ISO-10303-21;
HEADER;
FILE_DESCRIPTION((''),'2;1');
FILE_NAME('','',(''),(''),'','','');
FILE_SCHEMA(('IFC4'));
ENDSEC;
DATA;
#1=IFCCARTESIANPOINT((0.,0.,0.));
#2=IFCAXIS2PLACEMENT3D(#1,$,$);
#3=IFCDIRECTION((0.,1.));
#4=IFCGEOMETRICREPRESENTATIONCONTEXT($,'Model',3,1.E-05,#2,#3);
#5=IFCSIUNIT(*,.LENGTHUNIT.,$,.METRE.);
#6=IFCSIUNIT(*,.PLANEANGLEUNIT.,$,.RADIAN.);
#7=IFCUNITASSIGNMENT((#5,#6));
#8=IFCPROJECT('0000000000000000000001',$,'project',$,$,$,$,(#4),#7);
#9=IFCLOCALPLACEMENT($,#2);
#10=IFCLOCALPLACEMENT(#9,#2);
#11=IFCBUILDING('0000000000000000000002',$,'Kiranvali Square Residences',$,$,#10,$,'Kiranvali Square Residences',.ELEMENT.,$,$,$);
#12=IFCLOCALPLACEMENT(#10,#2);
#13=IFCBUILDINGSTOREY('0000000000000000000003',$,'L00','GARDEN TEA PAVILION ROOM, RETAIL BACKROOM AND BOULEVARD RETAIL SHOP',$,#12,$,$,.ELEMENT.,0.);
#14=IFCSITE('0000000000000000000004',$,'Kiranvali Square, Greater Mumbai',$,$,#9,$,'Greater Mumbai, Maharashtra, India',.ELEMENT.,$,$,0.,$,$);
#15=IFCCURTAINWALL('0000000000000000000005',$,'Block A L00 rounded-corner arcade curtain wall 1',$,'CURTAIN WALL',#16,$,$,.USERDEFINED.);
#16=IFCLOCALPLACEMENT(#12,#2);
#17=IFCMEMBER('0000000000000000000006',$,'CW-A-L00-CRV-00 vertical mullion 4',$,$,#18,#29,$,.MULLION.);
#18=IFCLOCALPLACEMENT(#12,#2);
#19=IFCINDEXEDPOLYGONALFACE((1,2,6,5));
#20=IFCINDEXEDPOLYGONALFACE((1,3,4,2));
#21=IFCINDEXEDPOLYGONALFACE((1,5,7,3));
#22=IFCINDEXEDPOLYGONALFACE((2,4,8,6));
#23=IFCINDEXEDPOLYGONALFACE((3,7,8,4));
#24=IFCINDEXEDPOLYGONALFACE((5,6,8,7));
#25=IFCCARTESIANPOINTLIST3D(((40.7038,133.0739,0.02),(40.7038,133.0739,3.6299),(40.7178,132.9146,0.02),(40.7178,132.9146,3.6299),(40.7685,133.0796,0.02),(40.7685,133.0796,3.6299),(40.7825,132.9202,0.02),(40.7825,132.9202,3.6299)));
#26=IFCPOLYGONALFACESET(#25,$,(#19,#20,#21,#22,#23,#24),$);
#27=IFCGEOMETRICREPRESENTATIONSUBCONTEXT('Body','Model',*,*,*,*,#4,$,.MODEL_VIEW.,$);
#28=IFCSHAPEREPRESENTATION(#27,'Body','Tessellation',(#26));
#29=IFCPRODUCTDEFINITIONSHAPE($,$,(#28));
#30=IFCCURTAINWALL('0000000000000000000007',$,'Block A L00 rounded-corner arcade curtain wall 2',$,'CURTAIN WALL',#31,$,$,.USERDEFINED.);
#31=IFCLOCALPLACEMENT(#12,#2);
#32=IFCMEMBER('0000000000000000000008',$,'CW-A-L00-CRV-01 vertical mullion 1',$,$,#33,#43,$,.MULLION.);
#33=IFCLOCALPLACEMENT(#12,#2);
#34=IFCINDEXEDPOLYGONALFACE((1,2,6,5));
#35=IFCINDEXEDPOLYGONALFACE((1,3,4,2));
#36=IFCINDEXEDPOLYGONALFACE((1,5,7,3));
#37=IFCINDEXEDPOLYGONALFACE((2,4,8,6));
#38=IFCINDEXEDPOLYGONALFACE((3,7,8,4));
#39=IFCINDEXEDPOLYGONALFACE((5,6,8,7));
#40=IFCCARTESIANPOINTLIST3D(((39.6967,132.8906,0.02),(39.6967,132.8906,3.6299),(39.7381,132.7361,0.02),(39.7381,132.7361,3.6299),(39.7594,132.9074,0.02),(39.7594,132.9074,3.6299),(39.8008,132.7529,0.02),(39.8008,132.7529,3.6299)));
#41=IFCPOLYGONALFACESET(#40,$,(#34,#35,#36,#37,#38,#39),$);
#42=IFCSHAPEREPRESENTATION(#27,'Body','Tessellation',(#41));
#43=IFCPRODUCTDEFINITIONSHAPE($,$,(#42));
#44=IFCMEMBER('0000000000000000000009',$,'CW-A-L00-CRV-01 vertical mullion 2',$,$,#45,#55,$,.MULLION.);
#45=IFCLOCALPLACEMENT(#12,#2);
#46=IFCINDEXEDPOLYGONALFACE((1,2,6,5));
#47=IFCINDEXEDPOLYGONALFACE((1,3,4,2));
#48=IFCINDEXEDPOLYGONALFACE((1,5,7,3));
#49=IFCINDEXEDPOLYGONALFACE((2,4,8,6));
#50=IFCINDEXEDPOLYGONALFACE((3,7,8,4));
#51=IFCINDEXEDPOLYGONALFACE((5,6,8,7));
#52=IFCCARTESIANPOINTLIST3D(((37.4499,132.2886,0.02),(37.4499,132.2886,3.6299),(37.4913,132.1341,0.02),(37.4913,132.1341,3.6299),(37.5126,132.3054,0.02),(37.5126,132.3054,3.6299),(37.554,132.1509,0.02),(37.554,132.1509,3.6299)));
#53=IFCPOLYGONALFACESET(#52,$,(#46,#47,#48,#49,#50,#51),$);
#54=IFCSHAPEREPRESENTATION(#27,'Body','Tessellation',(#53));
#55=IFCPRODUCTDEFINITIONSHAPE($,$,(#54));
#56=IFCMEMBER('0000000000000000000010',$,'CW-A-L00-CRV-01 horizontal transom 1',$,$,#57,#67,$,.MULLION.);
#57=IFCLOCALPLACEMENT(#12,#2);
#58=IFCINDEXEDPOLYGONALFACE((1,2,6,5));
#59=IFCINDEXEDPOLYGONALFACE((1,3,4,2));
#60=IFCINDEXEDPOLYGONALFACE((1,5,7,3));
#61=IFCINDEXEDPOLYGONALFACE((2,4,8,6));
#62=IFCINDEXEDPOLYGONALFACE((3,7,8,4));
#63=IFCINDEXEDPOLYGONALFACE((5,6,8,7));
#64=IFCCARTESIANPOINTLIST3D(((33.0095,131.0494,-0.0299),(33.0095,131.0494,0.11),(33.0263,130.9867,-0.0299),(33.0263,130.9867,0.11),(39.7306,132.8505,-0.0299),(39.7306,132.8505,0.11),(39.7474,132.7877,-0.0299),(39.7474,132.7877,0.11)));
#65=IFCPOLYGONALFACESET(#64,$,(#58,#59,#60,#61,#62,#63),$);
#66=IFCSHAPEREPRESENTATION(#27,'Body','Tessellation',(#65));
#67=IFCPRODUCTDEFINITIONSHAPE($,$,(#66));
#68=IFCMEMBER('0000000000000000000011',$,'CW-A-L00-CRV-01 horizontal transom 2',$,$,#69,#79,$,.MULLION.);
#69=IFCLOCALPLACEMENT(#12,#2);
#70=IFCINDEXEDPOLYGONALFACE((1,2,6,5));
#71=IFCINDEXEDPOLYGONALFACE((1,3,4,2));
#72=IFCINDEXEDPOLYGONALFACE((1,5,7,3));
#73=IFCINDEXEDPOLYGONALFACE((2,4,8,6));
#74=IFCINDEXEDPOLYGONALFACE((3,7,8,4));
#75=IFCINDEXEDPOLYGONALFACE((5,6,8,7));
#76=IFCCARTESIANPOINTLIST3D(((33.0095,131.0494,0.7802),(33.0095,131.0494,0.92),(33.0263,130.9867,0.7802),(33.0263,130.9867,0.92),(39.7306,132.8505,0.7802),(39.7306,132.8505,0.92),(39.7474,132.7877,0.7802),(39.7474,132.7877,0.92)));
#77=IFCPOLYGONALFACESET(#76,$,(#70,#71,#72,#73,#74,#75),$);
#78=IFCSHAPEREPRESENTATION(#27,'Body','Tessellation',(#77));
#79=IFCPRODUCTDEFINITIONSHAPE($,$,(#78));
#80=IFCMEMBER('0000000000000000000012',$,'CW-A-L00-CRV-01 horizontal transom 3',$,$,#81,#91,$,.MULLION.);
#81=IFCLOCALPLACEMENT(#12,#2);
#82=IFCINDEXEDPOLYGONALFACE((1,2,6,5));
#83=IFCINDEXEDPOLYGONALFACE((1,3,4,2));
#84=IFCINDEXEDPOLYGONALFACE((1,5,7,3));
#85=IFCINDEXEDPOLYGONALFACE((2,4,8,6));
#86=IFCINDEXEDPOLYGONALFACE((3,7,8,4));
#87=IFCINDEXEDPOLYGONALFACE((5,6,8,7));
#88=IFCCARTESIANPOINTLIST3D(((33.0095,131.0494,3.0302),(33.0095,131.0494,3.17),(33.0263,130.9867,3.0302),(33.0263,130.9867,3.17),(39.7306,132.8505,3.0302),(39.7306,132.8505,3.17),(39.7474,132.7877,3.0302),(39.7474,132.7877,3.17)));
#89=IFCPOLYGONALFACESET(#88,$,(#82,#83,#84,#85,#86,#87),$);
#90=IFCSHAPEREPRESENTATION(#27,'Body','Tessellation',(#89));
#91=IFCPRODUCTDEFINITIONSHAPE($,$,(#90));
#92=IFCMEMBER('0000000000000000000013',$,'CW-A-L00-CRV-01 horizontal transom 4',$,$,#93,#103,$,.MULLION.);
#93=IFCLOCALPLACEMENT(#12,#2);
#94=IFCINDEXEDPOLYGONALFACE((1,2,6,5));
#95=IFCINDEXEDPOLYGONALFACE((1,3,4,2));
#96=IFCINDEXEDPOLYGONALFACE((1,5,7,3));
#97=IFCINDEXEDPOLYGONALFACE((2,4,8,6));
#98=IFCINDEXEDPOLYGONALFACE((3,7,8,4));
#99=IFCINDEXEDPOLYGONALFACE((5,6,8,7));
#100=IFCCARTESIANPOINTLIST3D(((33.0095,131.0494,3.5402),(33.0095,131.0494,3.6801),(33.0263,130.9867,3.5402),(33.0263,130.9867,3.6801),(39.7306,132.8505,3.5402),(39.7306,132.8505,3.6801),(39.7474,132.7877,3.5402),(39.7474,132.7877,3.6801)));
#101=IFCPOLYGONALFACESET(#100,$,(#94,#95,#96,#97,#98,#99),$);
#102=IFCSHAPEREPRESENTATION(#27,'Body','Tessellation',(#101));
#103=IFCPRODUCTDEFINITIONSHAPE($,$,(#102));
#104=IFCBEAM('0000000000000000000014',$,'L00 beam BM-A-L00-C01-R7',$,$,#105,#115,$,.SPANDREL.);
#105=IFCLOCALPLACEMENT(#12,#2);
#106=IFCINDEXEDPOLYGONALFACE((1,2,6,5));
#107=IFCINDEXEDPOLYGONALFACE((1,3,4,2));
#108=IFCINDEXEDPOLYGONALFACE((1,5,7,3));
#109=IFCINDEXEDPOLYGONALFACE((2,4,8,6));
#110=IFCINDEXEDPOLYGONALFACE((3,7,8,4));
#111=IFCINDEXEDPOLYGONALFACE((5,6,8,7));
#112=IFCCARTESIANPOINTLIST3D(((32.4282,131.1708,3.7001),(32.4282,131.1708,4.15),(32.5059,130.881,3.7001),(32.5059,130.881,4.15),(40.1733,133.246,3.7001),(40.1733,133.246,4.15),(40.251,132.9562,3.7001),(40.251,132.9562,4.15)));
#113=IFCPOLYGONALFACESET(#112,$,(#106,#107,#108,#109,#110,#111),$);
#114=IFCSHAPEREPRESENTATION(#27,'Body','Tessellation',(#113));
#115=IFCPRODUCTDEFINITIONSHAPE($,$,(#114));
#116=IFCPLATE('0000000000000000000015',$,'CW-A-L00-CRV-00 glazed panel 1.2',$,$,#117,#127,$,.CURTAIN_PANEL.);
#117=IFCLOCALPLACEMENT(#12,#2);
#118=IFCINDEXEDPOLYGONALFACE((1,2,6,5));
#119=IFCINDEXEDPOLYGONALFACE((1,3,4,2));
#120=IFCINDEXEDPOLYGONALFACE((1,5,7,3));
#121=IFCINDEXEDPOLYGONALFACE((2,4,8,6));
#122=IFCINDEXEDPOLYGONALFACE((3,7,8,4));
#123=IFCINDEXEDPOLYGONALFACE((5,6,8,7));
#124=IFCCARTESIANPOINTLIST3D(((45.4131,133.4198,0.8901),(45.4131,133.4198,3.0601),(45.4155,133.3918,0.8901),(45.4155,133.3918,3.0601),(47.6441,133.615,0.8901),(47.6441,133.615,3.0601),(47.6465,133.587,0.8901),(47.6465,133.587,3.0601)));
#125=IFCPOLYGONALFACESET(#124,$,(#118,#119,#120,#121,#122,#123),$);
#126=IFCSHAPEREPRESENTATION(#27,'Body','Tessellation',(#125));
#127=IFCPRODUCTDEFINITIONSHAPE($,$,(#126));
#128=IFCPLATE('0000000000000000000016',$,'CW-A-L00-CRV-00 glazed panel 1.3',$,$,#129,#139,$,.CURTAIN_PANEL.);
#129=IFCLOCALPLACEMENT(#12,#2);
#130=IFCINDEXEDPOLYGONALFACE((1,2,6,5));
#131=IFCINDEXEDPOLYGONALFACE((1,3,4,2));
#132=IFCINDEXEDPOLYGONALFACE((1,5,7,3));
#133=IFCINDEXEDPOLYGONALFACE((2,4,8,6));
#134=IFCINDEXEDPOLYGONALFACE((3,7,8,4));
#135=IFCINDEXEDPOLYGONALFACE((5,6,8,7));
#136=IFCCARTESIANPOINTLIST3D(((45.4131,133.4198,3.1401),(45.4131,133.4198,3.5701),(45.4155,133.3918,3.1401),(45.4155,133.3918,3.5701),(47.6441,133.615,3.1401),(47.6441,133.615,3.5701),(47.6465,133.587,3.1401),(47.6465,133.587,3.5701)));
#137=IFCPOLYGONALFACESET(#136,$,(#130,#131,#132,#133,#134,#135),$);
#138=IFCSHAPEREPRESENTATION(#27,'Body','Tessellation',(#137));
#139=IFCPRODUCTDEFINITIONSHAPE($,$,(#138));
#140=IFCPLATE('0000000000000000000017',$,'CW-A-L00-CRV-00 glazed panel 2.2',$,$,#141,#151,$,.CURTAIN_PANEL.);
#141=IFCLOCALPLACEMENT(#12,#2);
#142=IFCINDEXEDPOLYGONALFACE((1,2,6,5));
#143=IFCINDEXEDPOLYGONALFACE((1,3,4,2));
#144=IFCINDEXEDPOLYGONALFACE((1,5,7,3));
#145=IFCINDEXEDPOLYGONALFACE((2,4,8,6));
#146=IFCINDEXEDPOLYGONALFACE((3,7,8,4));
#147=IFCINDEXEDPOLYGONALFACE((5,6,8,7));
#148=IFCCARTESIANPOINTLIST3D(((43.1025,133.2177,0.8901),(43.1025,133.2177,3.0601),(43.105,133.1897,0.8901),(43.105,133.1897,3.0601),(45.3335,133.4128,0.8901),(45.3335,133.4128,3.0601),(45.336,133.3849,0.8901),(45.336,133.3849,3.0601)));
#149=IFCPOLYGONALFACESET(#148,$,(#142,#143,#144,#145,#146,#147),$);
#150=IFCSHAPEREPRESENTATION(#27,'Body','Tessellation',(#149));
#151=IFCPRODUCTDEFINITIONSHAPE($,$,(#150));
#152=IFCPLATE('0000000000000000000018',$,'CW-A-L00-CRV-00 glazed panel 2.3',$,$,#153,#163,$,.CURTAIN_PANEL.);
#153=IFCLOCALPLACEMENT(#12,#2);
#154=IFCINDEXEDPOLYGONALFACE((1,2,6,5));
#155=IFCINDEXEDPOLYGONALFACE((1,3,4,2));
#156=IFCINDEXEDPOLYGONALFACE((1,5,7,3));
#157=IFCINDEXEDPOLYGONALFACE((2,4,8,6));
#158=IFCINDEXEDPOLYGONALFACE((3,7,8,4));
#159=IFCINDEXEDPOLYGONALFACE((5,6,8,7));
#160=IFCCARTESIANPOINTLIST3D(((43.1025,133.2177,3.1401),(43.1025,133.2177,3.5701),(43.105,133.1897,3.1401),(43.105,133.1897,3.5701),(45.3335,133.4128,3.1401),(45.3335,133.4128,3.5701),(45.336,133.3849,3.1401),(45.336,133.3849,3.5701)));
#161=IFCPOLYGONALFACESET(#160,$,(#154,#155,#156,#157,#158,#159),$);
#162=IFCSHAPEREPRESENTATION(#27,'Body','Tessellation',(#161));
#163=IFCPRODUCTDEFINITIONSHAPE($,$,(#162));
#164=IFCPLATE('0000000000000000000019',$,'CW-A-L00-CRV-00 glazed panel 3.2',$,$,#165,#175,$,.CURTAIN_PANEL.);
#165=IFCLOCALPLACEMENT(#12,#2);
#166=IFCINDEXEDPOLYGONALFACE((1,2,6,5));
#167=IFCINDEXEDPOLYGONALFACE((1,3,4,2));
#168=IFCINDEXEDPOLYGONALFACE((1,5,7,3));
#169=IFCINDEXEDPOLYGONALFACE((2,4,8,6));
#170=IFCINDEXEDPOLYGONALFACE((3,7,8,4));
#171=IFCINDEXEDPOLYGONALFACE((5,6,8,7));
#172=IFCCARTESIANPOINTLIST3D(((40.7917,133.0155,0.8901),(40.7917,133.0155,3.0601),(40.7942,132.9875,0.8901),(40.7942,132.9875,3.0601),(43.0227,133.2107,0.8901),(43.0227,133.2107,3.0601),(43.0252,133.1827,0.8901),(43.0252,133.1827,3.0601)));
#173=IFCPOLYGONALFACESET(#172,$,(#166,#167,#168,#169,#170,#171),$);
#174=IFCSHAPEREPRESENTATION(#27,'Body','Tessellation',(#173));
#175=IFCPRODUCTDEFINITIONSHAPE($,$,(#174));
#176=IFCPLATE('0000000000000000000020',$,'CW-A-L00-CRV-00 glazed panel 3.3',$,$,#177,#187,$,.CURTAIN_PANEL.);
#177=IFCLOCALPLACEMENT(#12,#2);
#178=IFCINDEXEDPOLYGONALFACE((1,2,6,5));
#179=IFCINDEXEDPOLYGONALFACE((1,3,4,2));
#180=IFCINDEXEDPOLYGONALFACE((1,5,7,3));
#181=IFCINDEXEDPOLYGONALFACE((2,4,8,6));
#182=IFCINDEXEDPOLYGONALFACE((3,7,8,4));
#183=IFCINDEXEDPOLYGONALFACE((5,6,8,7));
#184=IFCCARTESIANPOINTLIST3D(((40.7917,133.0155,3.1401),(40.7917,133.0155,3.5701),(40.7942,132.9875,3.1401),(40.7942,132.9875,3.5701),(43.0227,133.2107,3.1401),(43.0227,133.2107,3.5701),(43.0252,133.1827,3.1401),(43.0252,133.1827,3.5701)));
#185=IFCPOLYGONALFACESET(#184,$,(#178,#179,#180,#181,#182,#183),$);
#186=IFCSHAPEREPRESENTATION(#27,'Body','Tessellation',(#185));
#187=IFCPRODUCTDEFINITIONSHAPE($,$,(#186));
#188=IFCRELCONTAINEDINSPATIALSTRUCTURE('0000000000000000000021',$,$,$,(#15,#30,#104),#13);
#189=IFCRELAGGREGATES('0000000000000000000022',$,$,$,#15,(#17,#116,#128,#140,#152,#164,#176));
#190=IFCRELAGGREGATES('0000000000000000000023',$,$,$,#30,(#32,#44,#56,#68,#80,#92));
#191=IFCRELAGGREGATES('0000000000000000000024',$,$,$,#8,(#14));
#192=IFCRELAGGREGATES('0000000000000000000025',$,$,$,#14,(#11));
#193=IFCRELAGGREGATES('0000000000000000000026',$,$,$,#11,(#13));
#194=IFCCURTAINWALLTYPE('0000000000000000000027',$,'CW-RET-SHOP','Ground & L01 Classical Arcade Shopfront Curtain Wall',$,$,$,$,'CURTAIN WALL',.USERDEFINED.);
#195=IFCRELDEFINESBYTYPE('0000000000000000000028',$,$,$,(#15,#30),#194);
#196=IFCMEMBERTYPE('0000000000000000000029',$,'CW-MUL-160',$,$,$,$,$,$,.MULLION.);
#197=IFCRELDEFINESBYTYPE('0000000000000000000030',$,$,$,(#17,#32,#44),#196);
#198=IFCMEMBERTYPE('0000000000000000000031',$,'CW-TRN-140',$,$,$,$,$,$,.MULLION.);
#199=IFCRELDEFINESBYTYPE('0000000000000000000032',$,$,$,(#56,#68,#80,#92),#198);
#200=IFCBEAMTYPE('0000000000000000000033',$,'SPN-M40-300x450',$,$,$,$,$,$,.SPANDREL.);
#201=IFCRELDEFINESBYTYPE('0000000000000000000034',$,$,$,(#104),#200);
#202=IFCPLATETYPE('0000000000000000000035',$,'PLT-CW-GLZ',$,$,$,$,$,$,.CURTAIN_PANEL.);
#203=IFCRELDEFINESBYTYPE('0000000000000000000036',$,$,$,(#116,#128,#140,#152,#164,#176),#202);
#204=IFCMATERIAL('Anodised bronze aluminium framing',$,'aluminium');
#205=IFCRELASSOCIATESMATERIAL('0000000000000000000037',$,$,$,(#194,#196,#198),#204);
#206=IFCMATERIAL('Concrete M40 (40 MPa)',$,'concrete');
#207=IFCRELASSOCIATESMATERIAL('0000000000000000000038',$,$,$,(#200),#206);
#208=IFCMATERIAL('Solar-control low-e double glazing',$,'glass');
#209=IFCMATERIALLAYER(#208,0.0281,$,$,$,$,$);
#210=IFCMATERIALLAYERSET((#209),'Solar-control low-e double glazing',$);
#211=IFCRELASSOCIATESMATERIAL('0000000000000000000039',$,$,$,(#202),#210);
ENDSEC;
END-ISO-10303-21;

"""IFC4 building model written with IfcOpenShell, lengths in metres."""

from ifc_helpers import new_model, si_unit, direction, frame, origin, origin_2d, place, context, subcontext, project, spatial, rectangle, extrude, material, layer, layer_set, material_profile, profile_set, type_object, element, aggregate, save


model = new_model("IFC4")

# Units and contexts
model_context = context("Model", 3, precision=1e-05, world=origin(), true_north=direction((0.0, 1.0)))
body_context = subcontext(model_context, "Body", "Model", "MODEL_VIEW")
ifc_project = project(units=[si_unit("LENGTHUNIT", "METRE"), si_unit("PLANEANGLEUNIT", "RADIAN")], contexts=[model_context])

# Site, building, storey
site_placement = place(None, origin())
site = spatial("IfcSite", under=ifc_project, at=site_placement, Name="Kiranvali Square, Greater Mumbai", LongName="Greater Mumbai, Maharashtra, India", CompositionType="ELEMENT", RefElevation=0.0)
building_placement = place(site_placement, origin())
building = spatial("IfcBuilding", under=site, at=building_placement, Name="Kiranvali Square Residences", LongName="Kiranvali Square Residences", CompositionType="ELEMENT")
storey_placement = place(building_placement, origin())
storey = spatial("IfcBuildingStorey", under=building, at=storey_placement, Name="L00", Description="GARDEN TEA PAVILION ROOM, RETAIL BACKROOM AND BOULEVARD RETAIL SHOP", CompositionType="ELEMENT", Elevation=0.0)

# Curtain walls, members
ifc_material_1 = material(Name="Anodised bronze aluminium framing", Category="aluminium")
curtain_wall_type = type_object("IfcCurtainWallType", Name="CW-RET-SHOP", Description="Ground & L01 Classical Arcade Shopfront Curtain Wall", ElementType="CURTAIN WALL", PredefinedType="USERDEFINED", material=ifc_material_1)
curtain_wall_1_placement = place(storey_placement, origin())
curtain_wall_1 = element("IfcCurtainWall", 1, at=curtain_wall_1_placement, inside=storey, type_object=curtain_wall_type, Name="Block A L00 rounded-corner arcade curtain wall 1", ObjectType="CURTAIN WALL", PredefinedType="USERDEFINED")
ifc_material_profile_1 = material_profile(ifc_material_1, rectangle(XDim=0.0649, YDim=0.1599, at=origin_2d()), Name="ALU 65x160")
ifc_profile_set_1 = profile_set([ifc_material_profile_1], Name="Anodised bronze aluminium framing")
member_type_1 = type_object("IfcMemberType", Name="CW-MUL-160", PredefinedType="MULLION", material=ifc_profile_set_1)
member_1_placement = place(storey_placement, frame((40.7432, 132.9971, 0.02), z_axis=(0.0, 0.0, 1.0), x_axis=(-0.996195, -0.087156, 0.0)))
member_1 = element("IfcMember", 2, at=member_1_placement, type_object=member_type_1, Name="CW-A-L00-CRV-00 vertical mullion 4", PredefinedType="MULLION", context=body_context, shape_type="SweptSolid", body=[
    extrude(rectangle(XDim=0.0649, YDim=0.1599, at=origin_2d()), origin(), (0.0, 0.0, 1.0), 3.6099),
])
curtain_wall_2_placement = place(storey_placement, origin())
curtain_wall_2 = element("IfcCurtainWall", 3, at=curtain_wall_2_placement, inside=storey, type_object=curtain_wall_type, Name="Block A L00 rounded-corner arcade curtain wall 2", ObjectType="CURTAIN WALL", PredefinedType="USERDEFINED")
member_2_placement = place(storey_placement, frame((39.7488, 132.8218, 0.02), z_axis=(0.0, 0.0, 1.0), x_axis=(-0.965926, -0.258819, 0.0)))
member_2 = element("IfcMember", 4, at=member_2_placement, type_object=member_type_1, Name="CW-A-L00-CRV-01 vertical mullion 1", PredefinedType="MULLION", context=body_context, shape_type="SweptSolid", body=[
    extrude(rectangle(XDim=0.0649, YDim=0.1599, at=origin_2d()), origin(), (0.0, 0.0, 1.0), 3.6099),
])
member_3_placement = place(storey_placement, frame((37.502, 132.2197, 0.02), z_axis=(0.0, 0.0, 1.0), x_axis=(-0.965926, -0.258819, 0.0)))
member_3 = element("IfcMember", 5, at=member_3_placement, type_object=member_type_1, Name="CW-A-L00-CRV-01 vertical mullion 2", PredefinedType="MULLION", context=body_context, shape_type="SweptSolid", body=[
    extrude(rectangle(XDim=0.0649, YDim=0.1599, at=origin_2d()), origin(), (0.0, 0.0, 1.0), 3.6099),
])
ifc_material_profile_2 = material_profile(ifc_material_1, rectangle(XDim=0.0649, YDim=0.1399, at=origin_2d()), Name="ALU 65x140")
ifc_profile_set_2 = profile_set([ifc_material_profile_2], Name="Anodised bronze aluminium framing")
member_type_2 = type_object("IfcMemberType", Name="CW-TRN-140", PredefinedType="MULLION", material=ifc_profile_set_2)
member_4_placement = place(storey_placement, frame((39.739, 132.8191, 0.04), z_axis=(-0.965923, -0.258831, 0.0), x_axis=(0.258831, -0.965923, 0.0)))
member_4 = element("IfcMember", 6, at=member_4_placement, type_object=member_type_2, Name="CW-A-L00-CRV-01 horizontal transom 1", PredefinedType="MULLION", context=body_context, shape_type="SweptSolid", body=[
    extrude(rectangle(XDim=0.0649, YDim=0.1399, at=origin_2d()), origin(), (0.0, 0.0, 1.0), 6.9583),
])
member_5_placement = place(storey_placement, frame((39.739, 132.8191, 0.8501), z_axis=(-0.965923, -0.258831, 0.0), x_axis=(0.258831, -0.965923, 0.0)))
member_5 = element("IfcMember", 7, at=member_5_placement, type_object=member_type_2, Name="CW-A-L00-CRV-01 horizontal transom 2", PredefinedType="MULLION", context=body_context, shape_type="SweptSolid", body=[
    extrude(rectangle(XDim=0.0649, YDim=0.1399, at=origin_2d()), origin(), (0.0, 0.0, 1.0), 6.9583),
])
member_6_placement = place(storey_placement, frame((39.739, 132.8191, 3.1001), z_axis=(-0.965923, -0.258831, 0.0), x_axis=(0.258831, -0.965923, 0.0)))
member_6 = element("IfcMember", 8, at=member_6_placement, type_object=member_type_2, Name="CW-A-L00-CRV-01 horizontal transom 3", PredefinedType="MULLION", context=body_context, shape_type="SweptSolid", body=[
    extrude(rectangle(XDim=0.0649, YDim=0.1399, at=origin_2d()), origin(), (0.0, 0.0, 1.0), 6.9583),
])
member_7_placement = place(storey_placement, frame((39.739, 132.8191, 3.6101), z_axis=(-0.965923, -0.258831, 0.0), x_axis=(0.258831, -0.965923, 0.0)))
member_7 = element("IfcMember", 9, at=member_7_placement, type_object=member_type_2, Name="CW-A-L00-CRV-01 horizontal transom 4", PredefinedType="MULLION", context=body_context, shape_type="SweptSolid", body=[
    extrude(rectangle(XDim=0.0649, YDim=0.1399, at=origin_2d()), origin(), (0.0, 0.0, 1.0), 6.9583),
])

# Beam
ifc_material_2 = material(Name="Concrete M40 (40 MPa)", Category="concrete")
ifc_material_profile_3 = material_profile(ifc_material_2, rectangle(XDim=0.3, YDim=0.45, at=origin_2d()), Name="RC 300x450")
ifc_profile_set_3 = profile_set([ifc_material_profile_3], Name="Concrete M40 (40 MPa)")
beam_type_1 = type_object("IfcBeamType", Name="SPN-M40-300x450", PredefinedType="SPANDREL", material=ifc_profile_set_3)
beam_1_placement = place(storey_placement, frame((40.2122, 133.1011, 3.925), z_axis=(-0.965929, -0.258807, 0.0), x_axis=(0.258807, -0.965929, 0.0)))
element("IfcBeam", 10, at=beam_1_placement, inside=storey, type_object=beam_type_1, Name="L00 beam BM-A-L00-C01-R7", PredefinedType="SPANDREL", context=body_context, shape_type="SweptSolid", body=[
    extrude(rectangle(XDim=0.3, YDim=0.45, at=origin_2d()), origin(), (0.0, 0.0, 1.0), 8.0183),
])

# Plates
ifc_material_3 = material(Name="Solar-control low-e double glazing", Category="glass")
ifc_layer_1 = layer(ifc_material_3, 0.0281)
ifc_layer_set_1 = layer_set([ifc_layer_1], Name="Solar-control low-e double glazing")
plate_type_1 = type_object("IfcPlateType", Name="PLT-CW-GLZ", PredefinedType="CURTAIN_PANEL", material=ifc_layer_set_1)
plate_1_placement = place(storey_placement, frame((46.5298, 133.5034, 0.8901), z_axis=(0.0, 0.0, 1.0), x_axis=(-0.996195, -0.087156, 0.0)))
plate_1 = element("IfcPlate", 11, at=plate_1_placement, type_object=plate_type_1, Name="CW-A-L00-CRV-00 glazed panel 1.2", PredefinedType="CURTAIN_PANEL", context=body_context, shape_type="SweptSolid", body=[
    extrude(rectangle(XDim=2.2395, YDim=0.0281, at=origin_2d()), origin(), (0.0, 0.0, 1.0), 2.1699),
])
plate_2_placement = place(storey_placement, frame((46.5298, 133.5034, 3.1401), z_axis=(0.0, 0.0, 1.0), x_axis=(-0.996195, -0.087156, 0.0)))
plate_2 = element("IfcPlate", 12, at=plate_2_placement, type_object=plate_type_1, Name="CW-A-L00-CRV-00 glazed panel 1.3", PredefinedType="CURTAIN_PANEL", context=body_context, shape_type="SweptSolid", body=[
    extrude(rectangle(XDim=2.2395, YDim=0.0281, at=origin_2d()), origin(), (0.0, 0.0, 1.0), 0.4299),
])
plate_3_placement = place(storey_placement, frame((44.2192, 133.3013, 0.8901), z_axis=(0.0, 0.0, 1.0), x_axis=(-0.996195, -0.087156, 0.0)))
plate_3 = element("IfcPlate", 13, at=plate_3_placement, type_object=plate_type_1, Name="CW-A-L00-CRV-00 glazed panel 2.2", PredefinedType="CURTAIN_PANEL", context=body_context, shape_type="SweptSolid", body=[
    extrude(rectangle(XDim=2.2395, YDim=0.0281, at=origin_2d()), origin(), (0.0, 0.0, 1.0), 2.1699),
])
plate_4_placement = place(storey_placement, frame((44.2192, 133.3013, 3.1401), z_axis=(0.0, 0.0, 1.0), x_axis=(-0.996195, -0.087156, 0.0)))
plate_4 = element("IfcPlate", 14, at=plate_4_placement, type_object=plate_type_1, Name="CW-A-L00-CRV-00 glazed panel 2.3", PredefinedType="CURTAIN_PANEL", context=body_context, shape_type="SweptSolid", body=[
    extrude(rectangle(XDim=2.2395, YDim=0.0281, at=origin_2d()), origin(), (0.0, 0.0, 1.0), 0.4299),
])
plate_5_placement = place(storey_placement, frame((41.9084, 133.0991, 0.8901), z_axis=(0.0, 0.0, 1.0), x_axis=(-0.996195, -0.087156, 0.0)))
plate_5 = element("IfcPlate", 15, at=plate_5_placement, type_object=plate_type_1, Name="CW-A-L00-CRV-00 glazed panel 3.2", PredefinedType="CURTAIN_PANEL", context=body_context, shape_type="SweptSolid", body=[
    extrude(rectangle(XDim=2.2395, YDim=0.0281, at=origin_2d()), origin(), (0.0, 0.0, 1.0), 2.1699),
])
plate_6_placement = place(storey_placement, frame((41.9084, 133.0991, 3.1401), z_axis=(0.0, 0.0, 1.0), x_axis=(-0.996195, -0.087156, 0.0)))
plate_6 = element("IfcPlate", 16, at=plate_6_placement, type_object=plate_type_1, Name="CW-A-L00-CRV-00 glazed panel 3.3", PredefinedType="CURTAIN_PANEL", context=body_context, shape_type="SweptSolid", body=[
    extrude(rectangle(XDim=2.2395, YDim=0.0281, at=origin_2d()), origin(), (0.0, 0.0, 1.0), 0.4299),
])
aggregate(curtain_wall_1, [member_1, plate_1, plate_2, plate_3, plate_4, plate_5, plate_6])
aggregate(curtain_wall_2, [member_2, member_3, member_4, member_5, member_6, member_7])

save(model, "model.ifc")
